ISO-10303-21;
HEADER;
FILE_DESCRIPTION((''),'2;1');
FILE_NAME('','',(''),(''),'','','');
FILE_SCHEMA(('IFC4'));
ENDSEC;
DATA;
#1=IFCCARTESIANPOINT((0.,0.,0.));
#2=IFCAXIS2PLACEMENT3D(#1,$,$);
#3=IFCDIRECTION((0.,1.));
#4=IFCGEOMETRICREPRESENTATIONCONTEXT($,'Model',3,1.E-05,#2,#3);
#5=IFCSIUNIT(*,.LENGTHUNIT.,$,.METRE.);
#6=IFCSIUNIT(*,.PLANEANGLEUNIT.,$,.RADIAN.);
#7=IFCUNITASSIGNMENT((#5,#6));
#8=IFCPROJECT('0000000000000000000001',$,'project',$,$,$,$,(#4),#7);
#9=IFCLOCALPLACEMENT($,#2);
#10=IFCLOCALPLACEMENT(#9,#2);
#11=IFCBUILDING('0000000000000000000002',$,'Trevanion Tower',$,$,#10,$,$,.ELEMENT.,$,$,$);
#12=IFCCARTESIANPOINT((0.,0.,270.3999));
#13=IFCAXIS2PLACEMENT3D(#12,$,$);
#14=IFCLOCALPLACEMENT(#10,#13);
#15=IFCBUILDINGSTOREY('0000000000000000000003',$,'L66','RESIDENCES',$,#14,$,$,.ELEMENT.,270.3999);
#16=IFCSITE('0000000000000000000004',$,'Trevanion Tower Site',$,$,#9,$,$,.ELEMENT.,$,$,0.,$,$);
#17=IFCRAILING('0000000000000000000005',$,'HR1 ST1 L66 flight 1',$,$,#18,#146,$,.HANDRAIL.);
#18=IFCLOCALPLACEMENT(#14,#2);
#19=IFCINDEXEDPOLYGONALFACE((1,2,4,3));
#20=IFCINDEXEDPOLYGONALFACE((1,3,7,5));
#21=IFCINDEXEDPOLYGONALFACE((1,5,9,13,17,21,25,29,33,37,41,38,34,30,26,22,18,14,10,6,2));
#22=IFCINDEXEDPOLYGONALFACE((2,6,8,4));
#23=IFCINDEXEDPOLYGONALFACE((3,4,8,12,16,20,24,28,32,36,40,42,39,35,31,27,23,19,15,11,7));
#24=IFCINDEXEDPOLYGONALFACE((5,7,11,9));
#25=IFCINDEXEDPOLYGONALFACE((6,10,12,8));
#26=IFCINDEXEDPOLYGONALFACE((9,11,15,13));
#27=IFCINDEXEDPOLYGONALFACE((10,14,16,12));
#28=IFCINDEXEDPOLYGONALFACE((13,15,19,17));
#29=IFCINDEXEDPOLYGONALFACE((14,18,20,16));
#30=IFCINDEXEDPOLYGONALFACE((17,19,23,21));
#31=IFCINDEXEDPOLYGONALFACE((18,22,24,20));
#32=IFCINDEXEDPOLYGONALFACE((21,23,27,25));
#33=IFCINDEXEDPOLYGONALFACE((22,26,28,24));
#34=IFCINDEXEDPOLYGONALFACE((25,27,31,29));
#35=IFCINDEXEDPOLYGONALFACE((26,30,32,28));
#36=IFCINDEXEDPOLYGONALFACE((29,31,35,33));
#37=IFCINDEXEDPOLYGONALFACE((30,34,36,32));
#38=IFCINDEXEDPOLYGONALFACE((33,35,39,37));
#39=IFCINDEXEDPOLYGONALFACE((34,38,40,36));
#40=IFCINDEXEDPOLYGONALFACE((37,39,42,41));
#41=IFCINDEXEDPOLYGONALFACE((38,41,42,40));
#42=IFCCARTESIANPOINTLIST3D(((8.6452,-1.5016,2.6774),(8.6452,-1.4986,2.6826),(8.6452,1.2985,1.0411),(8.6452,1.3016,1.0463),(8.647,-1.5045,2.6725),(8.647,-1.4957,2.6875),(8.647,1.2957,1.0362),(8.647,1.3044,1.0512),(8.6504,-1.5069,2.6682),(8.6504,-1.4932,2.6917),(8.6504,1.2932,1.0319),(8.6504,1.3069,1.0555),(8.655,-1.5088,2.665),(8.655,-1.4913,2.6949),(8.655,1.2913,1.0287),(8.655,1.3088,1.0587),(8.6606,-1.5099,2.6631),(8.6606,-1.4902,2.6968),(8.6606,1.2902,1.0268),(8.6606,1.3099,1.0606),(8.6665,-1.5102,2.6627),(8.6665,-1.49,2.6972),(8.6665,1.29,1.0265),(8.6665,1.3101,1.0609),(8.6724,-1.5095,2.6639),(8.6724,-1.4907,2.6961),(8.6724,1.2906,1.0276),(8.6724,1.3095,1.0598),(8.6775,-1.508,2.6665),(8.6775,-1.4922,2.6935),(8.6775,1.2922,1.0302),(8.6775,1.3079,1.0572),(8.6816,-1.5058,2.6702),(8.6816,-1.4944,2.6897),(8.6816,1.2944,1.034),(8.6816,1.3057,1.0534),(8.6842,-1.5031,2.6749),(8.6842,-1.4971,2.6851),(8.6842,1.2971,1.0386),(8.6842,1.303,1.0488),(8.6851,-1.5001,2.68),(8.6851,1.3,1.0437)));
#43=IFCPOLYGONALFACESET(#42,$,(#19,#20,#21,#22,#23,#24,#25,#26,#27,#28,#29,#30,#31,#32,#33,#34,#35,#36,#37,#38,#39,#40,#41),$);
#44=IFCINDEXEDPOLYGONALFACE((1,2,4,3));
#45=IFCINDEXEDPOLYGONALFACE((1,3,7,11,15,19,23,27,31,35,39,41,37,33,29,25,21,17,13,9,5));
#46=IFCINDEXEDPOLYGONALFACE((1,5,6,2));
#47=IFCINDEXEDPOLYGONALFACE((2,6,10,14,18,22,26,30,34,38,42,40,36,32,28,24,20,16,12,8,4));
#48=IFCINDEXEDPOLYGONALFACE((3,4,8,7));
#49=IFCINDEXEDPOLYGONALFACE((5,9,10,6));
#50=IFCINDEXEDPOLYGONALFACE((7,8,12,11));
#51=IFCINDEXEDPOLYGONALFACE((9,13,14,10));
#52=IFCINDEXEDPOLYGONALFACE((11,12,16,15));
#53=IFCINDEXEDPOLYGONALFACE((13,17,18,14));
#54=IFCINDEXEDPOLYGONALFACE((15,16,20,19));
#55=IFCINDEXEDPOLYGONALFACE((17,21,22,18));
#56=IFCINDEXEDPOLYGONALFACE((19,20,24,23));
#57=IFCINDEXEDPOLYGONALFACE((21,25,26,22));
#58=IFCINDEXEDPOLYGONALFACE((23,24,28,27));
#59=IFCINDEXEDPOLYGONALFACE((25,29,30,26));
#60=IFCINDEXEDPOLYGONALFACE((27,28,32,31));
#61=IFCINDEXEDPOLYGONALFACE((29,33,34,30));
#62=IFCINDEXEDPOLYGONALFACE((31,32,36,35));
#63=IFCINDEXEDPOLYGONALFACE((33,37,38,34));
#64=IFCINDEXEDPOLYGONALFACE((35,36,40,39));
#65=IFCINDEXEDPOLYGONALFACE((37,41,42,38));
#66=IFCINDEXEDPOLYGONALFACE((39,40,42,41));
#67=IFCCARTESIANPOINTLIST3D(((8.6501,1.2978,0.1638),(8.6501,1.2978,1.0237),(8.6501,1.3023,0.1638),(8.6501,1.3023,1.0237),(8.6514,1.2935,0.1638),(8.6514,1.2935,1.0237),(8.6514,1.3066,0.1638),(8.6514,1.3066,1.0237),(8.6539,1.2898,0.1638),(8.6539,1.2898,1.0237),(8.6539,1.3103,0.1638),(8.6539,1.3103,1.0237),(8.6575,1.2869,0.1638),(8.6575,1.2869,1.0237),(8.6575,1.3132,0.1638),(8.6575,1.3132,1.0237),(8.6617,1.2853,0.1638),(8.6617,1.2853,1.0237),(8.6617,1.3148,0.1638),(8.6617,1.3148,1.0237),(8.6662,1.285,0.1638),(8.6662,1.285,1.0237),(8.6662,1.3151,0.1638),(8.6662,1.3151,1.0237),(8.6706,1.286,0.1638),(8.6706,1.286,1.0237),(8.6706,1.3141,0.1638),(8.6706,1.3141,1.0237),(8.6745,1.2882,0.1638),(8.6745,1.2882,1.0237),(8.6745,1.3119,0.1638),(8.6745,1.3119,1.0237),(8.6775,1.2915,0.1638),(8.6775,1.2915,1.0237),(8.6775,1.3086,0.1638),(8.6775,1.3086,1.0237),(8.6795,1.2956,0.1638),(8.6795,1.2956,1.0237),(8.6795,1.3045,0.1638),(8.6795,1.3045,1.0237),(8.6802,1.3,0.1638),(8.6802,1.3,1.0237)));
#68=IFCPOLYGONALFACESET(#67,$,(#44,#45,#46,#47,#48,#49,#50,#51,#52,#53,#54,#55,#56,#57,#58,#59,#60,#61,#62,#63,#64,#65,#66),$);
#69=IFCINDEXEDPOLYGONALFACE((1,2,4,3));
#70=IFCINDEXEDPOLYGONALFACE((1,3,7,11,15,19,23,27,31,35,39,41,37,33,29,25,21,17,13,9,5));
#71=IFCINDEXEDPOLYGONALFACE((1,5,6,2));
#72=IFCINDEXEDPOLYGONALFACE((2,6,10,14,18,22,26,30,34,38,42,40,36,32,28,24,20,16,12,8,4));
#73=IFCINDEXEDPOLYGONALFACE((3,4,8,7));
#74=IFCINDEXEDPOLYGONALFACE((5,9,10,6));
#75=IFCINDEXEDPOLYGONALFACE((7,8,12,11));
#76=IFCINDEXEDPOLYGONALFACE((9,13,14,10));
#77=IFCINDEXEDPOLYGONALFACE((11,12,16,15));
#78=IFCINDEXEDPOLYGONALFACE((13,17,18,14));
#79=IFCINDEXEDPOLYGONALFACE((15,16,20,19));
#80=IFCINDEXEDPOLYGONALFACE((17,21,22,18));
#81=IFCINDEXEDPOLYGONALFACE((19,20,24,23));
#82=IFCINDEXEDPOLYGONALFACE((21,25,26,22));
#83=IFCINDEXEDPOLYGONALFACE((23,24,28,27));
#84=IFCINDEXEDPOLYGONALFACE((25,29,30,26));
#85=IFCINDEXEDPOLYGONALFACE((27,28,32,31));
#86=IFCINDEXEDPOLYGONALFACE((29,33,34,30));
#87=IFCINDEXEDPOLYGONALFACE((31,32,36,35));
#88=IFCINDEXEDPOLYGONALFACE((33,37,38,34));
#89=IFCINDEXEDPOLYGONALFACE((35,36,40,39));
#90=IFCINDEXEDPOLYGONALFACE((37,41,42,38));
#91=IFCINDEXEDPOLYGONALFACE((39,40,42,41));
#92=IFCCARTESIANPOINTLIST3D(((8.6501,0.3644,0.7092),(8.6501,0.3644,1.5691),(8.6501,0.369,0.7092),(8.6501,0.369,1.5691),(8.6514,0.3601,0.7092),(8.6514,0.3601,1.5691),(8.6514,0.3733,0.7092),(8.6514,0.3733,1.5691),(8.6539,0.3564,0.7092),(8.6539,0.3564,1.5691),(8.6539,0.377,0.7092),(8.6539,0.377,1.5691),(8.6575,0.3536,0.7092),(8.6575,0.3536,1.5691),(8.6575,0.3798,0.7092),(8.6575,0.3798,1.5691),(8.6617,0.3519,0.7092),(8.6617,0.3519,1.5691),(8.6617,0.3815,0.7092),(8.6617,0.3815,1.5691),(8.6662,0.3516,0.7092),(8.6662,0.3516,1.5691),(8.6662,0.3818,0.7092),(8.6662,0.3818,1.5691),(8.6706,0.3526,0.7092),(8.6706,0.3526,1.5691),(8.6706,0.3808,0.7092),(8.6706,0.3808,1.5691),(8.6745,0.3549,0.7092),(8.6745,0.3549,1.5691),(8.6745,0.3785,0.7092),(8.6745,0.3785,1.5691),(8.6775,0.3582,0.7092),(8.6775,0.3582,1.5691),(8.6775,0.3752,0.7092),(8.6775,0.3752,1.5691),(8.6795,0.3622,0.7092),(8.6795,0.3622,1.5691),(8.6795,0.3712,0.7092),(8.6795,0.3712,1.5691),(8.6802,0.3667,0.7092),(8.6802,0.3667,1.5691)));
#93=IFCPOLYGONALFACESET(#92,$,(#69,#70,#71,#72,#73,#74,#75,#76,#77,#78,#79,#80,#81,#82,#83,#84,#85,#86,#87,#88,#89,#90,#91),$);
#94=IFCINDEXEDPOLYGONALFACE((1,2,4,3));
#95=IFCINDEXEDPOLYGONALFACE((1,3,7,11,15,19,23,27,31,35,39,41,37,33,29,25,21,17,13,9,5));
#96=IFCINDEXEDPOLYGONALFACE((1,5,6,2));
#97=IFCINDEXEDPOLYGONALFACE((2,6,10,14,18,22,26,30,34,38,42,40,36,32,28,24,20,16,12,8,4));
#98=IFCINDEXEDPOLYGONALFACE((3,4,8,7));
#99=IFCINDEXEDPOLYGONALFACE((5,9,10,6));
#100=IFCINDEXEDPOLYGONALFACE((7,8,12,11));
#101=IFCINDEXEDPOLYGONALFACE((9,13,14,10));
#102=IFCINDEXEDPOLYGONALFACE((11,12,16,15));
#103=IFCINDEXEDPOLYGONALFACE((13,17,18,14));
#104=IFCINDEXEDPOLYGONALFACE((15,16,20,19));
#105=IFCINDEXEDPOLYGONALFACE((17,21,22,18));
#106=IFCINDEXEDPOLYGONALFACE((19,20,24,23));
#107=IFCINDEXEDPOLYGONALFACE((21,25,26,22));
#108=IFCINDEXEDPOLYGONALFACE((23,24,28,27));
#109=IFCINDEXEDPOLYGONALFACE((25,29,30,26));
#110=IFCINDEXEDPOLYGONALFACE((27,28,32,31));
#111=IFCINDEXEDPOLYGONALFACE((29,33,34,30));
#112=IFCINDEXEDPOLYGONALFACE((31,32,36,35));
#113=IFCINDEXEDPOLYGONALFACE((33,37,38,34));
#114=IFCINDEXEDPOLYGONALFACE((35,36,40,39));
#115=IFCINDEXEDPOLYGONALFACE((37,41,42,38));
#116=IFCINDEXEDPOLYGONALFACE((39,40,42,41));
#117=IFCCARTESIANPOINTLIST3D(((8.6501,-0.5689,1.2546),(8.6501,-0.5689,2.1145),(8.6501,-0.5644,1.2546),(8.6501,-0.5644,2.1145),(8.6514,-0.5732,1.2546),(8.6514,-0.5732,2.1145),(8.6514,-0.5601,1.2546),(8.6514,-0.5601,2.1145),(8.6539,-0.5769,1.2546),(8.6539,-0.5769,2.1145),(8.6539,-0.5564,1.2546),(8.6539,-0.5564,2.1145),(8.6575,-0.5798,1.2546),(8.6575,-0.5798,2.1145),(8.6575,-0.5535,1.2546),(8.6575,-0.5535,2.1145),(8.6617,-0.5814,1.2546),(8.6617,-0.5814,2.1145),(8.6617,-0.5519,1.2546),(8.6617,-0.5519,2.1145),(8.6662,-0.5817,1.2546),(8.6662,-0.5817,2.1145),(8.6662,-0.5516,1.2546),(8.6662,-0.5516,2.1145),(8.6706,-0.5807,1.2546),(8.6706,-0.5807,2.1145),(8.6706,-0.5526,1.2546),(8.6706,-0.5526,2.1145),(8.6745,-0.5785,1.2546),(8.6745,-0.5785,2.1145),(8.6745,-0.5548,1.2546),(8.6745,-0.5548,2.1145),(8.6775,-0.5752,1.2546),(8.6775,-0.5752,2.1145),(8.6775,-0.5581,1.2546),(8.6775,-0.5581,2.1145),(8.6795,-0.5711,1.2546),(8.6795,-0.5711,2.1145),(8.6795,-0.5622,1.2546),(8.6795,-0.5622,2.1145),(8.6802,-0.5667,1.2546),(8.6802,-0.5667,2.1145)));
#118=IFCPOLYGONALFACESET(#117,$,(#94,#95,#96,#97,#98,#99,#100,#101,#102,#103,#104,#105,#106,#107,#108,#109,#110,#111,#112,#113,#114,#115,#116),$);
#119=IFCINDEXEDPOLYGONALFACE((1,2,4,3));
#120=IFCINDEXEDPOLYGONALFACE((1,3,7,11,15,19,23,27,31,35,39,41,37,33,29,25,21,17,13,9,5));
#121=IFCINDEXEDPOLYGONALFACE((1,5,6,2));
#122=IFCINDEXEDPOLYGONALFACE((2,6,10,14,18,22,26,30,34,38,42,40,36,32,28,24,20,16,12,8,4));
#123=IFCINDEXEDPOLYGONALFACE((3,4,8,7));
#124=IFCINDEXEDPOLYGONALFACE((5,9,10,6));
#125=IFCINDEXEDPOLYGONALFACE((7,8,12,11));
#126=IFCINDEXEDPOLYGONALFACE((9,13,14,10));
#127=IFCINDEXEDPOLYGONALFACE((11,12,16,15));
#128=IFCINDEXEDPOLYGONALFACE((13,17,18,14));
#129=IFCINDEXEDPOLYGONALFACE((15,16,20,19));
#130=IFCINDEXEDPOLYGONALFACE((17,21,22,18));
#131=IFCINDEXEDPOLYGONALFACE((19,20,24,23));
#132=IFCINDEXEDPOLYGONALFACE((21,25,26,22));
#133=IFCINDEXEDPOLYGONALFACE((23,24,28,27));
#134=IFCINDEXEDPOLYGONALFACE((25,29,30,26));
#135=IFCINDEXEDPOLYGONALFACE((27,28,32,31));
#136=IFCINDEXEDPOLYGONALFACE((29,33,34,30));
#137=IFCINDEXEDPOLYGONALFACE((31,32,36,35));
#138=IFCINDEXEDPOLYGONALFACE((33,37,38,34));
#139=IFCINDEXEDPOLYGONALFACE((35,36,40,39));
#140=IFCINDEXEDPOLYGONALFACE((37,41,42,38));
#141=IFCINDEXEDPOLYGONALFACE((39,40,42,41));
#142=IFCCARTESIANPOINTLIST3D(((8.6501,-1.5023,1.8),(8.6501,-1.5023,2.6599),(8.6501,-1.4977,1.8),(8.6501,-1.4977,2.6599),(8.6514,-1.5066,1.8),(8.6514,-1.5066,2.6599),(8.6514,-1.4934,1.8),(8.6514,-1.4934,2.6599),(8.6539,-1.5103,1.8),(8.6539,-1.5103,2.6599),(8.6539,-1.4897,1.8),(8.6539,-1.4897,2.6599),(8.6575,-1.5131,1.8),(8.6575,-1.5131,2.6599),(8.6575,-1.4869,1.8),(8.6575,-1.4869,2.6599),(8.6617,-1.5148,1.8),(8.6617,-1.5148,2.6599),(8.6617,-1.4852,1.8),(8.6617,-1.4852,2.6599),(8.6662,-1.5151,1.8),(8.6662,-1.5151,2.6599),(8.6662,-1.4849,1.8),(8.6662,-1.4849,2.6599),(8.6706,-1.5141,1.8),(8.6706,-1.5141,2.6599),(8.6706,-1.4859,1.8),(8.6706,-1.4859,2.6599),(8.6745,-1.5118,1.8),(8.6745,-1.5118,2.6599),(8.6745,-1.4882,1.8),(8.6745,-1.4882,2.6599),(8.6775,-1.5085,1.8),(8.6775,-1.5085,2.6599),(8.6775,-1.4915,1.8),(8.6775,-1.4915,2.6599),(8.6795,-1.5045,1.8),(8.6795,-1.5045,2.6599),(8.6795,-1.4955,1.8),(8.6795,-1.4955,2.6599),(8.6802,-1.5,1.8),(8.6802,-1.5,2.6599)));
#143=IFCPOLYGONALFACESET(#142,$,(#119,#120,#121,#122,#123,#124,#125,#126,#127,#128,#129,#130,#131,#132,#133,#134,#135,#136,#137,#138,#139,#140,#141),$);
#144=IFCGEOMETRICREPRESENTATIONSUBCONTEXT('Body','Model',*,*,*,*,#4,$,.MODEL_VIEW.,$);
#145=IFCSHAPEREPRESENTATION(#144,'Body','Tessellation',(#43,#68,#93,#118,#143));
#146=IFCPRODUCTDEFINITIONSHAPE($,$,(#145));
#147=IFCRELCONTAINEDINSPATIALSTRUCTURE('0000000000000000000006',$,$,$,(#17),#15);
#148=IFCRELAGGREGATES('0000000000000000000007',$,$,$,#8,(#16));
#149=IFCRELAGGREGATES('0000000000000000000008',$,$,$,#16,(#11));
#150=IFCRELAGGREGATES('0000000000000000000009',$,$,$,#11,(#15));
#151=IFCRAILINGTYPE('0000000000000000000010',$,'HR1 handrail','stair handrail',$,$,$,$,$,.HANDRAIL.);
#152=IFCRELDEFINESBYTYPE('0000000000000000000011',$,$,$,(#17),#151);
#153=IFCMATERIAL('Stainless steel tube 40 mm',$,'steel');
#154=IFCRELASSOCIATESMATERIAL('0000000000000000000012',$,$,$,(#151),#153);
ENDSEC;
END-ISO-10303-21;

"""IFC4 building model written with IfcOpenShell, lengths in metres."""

from ifc_helpers import new_model, si_unit, direction, frame, origin, origin_2d, place, context, subcontext, project, spatial, circle, extrude, material, type_object, element, save


model = new_model("IFC4")

# Units and contexts
model_context = context("Model", 3, precision=1e-05, world=origin(), true_north=direction((0.0, 1.0)))
body_context = subcontext(model_context, "Body", "Model", "MODEL_VIEW")
ifc_project = project(units=[si_unit("LENGTHUNIT", "METRE"), si_unit("PLANEANGLEUNIT", "RADIAN")], contexts=[model_context])

# Site, building, storey
site_placement = place(None, origin())
site = spatial("IfcSite", under=ifc_project, at=site_placement, Name="Trevanion Tower Site", CompositionType="ELEMENT", RefElevation=0.0)
building_placement = place(site_placement, origin())
building = spatial("IfcBuilding", under=site, at=building_placement, Name="Trevanion Tower", CompositionType="ELEMENT")
storey_placement = place(building_placement, frame((0.0, 0.0, 270.3999)))
storey = spatial("IfcBuildingStorey", under=building, at=storey_placement, Name="L66", Description="RESIDENCES", CompositionType="ELEMENT", Elevation=270.3999)

# Railing
ifc_material_1 = material(Name="Stainless steel tube 40 mm", Category="steel")
railing_type = type_object("IfcRailingType", Name="HR1 handrail", Description="stair handrail", PredefinedType="HANDRAIL", material=ifc_material_1)
for number, where, name in (
    (1, (8.665, 1.3, 0.1638), "HR1 ST1 L66 flight 1"),
):
    element("IfcRailing", number, at=place(storey_placement, frame(where)), inside=storey, type_object=railing_type, Name=name, PredefinedType="HANDRAIL", context=body_context, shape_type="SweptSolid", body=[
        extrude(circle(Radius=0.02, at=origin_2d()), frame((0.0, 0.0, 0.8799), z_axis=(0.0, -0.863394, 0.504531), x_axis=(1.0, 0.0, 0.0)), (0.0, 0.0, 1.0), 3.2432),
        extrude(circle(Radius=0.0151, at=origin_2d()), origin(), (0.0, 0.0, 1.0), 0.8599),
        extrude(circle(Radius=0.0151, at=origin_2d()), frame((0.0, -0.9333, 0.5454)), (0.0, 0.0, 1.0), 0.8599),
        extrude(circle(Radius=0.0151, at=origin_2d()), frame((0.0, -1.8667, 1.0908)), (0.0, 0.0, 1.0), 0.8599),
        extrude(circle(Radius=0.0151, at=origin_2d()), frame((0.0, -2.8, 1.6362)), (0.0, 0.0, 1.0), 0.8599),
    ])

save(model, "model.ifc")
